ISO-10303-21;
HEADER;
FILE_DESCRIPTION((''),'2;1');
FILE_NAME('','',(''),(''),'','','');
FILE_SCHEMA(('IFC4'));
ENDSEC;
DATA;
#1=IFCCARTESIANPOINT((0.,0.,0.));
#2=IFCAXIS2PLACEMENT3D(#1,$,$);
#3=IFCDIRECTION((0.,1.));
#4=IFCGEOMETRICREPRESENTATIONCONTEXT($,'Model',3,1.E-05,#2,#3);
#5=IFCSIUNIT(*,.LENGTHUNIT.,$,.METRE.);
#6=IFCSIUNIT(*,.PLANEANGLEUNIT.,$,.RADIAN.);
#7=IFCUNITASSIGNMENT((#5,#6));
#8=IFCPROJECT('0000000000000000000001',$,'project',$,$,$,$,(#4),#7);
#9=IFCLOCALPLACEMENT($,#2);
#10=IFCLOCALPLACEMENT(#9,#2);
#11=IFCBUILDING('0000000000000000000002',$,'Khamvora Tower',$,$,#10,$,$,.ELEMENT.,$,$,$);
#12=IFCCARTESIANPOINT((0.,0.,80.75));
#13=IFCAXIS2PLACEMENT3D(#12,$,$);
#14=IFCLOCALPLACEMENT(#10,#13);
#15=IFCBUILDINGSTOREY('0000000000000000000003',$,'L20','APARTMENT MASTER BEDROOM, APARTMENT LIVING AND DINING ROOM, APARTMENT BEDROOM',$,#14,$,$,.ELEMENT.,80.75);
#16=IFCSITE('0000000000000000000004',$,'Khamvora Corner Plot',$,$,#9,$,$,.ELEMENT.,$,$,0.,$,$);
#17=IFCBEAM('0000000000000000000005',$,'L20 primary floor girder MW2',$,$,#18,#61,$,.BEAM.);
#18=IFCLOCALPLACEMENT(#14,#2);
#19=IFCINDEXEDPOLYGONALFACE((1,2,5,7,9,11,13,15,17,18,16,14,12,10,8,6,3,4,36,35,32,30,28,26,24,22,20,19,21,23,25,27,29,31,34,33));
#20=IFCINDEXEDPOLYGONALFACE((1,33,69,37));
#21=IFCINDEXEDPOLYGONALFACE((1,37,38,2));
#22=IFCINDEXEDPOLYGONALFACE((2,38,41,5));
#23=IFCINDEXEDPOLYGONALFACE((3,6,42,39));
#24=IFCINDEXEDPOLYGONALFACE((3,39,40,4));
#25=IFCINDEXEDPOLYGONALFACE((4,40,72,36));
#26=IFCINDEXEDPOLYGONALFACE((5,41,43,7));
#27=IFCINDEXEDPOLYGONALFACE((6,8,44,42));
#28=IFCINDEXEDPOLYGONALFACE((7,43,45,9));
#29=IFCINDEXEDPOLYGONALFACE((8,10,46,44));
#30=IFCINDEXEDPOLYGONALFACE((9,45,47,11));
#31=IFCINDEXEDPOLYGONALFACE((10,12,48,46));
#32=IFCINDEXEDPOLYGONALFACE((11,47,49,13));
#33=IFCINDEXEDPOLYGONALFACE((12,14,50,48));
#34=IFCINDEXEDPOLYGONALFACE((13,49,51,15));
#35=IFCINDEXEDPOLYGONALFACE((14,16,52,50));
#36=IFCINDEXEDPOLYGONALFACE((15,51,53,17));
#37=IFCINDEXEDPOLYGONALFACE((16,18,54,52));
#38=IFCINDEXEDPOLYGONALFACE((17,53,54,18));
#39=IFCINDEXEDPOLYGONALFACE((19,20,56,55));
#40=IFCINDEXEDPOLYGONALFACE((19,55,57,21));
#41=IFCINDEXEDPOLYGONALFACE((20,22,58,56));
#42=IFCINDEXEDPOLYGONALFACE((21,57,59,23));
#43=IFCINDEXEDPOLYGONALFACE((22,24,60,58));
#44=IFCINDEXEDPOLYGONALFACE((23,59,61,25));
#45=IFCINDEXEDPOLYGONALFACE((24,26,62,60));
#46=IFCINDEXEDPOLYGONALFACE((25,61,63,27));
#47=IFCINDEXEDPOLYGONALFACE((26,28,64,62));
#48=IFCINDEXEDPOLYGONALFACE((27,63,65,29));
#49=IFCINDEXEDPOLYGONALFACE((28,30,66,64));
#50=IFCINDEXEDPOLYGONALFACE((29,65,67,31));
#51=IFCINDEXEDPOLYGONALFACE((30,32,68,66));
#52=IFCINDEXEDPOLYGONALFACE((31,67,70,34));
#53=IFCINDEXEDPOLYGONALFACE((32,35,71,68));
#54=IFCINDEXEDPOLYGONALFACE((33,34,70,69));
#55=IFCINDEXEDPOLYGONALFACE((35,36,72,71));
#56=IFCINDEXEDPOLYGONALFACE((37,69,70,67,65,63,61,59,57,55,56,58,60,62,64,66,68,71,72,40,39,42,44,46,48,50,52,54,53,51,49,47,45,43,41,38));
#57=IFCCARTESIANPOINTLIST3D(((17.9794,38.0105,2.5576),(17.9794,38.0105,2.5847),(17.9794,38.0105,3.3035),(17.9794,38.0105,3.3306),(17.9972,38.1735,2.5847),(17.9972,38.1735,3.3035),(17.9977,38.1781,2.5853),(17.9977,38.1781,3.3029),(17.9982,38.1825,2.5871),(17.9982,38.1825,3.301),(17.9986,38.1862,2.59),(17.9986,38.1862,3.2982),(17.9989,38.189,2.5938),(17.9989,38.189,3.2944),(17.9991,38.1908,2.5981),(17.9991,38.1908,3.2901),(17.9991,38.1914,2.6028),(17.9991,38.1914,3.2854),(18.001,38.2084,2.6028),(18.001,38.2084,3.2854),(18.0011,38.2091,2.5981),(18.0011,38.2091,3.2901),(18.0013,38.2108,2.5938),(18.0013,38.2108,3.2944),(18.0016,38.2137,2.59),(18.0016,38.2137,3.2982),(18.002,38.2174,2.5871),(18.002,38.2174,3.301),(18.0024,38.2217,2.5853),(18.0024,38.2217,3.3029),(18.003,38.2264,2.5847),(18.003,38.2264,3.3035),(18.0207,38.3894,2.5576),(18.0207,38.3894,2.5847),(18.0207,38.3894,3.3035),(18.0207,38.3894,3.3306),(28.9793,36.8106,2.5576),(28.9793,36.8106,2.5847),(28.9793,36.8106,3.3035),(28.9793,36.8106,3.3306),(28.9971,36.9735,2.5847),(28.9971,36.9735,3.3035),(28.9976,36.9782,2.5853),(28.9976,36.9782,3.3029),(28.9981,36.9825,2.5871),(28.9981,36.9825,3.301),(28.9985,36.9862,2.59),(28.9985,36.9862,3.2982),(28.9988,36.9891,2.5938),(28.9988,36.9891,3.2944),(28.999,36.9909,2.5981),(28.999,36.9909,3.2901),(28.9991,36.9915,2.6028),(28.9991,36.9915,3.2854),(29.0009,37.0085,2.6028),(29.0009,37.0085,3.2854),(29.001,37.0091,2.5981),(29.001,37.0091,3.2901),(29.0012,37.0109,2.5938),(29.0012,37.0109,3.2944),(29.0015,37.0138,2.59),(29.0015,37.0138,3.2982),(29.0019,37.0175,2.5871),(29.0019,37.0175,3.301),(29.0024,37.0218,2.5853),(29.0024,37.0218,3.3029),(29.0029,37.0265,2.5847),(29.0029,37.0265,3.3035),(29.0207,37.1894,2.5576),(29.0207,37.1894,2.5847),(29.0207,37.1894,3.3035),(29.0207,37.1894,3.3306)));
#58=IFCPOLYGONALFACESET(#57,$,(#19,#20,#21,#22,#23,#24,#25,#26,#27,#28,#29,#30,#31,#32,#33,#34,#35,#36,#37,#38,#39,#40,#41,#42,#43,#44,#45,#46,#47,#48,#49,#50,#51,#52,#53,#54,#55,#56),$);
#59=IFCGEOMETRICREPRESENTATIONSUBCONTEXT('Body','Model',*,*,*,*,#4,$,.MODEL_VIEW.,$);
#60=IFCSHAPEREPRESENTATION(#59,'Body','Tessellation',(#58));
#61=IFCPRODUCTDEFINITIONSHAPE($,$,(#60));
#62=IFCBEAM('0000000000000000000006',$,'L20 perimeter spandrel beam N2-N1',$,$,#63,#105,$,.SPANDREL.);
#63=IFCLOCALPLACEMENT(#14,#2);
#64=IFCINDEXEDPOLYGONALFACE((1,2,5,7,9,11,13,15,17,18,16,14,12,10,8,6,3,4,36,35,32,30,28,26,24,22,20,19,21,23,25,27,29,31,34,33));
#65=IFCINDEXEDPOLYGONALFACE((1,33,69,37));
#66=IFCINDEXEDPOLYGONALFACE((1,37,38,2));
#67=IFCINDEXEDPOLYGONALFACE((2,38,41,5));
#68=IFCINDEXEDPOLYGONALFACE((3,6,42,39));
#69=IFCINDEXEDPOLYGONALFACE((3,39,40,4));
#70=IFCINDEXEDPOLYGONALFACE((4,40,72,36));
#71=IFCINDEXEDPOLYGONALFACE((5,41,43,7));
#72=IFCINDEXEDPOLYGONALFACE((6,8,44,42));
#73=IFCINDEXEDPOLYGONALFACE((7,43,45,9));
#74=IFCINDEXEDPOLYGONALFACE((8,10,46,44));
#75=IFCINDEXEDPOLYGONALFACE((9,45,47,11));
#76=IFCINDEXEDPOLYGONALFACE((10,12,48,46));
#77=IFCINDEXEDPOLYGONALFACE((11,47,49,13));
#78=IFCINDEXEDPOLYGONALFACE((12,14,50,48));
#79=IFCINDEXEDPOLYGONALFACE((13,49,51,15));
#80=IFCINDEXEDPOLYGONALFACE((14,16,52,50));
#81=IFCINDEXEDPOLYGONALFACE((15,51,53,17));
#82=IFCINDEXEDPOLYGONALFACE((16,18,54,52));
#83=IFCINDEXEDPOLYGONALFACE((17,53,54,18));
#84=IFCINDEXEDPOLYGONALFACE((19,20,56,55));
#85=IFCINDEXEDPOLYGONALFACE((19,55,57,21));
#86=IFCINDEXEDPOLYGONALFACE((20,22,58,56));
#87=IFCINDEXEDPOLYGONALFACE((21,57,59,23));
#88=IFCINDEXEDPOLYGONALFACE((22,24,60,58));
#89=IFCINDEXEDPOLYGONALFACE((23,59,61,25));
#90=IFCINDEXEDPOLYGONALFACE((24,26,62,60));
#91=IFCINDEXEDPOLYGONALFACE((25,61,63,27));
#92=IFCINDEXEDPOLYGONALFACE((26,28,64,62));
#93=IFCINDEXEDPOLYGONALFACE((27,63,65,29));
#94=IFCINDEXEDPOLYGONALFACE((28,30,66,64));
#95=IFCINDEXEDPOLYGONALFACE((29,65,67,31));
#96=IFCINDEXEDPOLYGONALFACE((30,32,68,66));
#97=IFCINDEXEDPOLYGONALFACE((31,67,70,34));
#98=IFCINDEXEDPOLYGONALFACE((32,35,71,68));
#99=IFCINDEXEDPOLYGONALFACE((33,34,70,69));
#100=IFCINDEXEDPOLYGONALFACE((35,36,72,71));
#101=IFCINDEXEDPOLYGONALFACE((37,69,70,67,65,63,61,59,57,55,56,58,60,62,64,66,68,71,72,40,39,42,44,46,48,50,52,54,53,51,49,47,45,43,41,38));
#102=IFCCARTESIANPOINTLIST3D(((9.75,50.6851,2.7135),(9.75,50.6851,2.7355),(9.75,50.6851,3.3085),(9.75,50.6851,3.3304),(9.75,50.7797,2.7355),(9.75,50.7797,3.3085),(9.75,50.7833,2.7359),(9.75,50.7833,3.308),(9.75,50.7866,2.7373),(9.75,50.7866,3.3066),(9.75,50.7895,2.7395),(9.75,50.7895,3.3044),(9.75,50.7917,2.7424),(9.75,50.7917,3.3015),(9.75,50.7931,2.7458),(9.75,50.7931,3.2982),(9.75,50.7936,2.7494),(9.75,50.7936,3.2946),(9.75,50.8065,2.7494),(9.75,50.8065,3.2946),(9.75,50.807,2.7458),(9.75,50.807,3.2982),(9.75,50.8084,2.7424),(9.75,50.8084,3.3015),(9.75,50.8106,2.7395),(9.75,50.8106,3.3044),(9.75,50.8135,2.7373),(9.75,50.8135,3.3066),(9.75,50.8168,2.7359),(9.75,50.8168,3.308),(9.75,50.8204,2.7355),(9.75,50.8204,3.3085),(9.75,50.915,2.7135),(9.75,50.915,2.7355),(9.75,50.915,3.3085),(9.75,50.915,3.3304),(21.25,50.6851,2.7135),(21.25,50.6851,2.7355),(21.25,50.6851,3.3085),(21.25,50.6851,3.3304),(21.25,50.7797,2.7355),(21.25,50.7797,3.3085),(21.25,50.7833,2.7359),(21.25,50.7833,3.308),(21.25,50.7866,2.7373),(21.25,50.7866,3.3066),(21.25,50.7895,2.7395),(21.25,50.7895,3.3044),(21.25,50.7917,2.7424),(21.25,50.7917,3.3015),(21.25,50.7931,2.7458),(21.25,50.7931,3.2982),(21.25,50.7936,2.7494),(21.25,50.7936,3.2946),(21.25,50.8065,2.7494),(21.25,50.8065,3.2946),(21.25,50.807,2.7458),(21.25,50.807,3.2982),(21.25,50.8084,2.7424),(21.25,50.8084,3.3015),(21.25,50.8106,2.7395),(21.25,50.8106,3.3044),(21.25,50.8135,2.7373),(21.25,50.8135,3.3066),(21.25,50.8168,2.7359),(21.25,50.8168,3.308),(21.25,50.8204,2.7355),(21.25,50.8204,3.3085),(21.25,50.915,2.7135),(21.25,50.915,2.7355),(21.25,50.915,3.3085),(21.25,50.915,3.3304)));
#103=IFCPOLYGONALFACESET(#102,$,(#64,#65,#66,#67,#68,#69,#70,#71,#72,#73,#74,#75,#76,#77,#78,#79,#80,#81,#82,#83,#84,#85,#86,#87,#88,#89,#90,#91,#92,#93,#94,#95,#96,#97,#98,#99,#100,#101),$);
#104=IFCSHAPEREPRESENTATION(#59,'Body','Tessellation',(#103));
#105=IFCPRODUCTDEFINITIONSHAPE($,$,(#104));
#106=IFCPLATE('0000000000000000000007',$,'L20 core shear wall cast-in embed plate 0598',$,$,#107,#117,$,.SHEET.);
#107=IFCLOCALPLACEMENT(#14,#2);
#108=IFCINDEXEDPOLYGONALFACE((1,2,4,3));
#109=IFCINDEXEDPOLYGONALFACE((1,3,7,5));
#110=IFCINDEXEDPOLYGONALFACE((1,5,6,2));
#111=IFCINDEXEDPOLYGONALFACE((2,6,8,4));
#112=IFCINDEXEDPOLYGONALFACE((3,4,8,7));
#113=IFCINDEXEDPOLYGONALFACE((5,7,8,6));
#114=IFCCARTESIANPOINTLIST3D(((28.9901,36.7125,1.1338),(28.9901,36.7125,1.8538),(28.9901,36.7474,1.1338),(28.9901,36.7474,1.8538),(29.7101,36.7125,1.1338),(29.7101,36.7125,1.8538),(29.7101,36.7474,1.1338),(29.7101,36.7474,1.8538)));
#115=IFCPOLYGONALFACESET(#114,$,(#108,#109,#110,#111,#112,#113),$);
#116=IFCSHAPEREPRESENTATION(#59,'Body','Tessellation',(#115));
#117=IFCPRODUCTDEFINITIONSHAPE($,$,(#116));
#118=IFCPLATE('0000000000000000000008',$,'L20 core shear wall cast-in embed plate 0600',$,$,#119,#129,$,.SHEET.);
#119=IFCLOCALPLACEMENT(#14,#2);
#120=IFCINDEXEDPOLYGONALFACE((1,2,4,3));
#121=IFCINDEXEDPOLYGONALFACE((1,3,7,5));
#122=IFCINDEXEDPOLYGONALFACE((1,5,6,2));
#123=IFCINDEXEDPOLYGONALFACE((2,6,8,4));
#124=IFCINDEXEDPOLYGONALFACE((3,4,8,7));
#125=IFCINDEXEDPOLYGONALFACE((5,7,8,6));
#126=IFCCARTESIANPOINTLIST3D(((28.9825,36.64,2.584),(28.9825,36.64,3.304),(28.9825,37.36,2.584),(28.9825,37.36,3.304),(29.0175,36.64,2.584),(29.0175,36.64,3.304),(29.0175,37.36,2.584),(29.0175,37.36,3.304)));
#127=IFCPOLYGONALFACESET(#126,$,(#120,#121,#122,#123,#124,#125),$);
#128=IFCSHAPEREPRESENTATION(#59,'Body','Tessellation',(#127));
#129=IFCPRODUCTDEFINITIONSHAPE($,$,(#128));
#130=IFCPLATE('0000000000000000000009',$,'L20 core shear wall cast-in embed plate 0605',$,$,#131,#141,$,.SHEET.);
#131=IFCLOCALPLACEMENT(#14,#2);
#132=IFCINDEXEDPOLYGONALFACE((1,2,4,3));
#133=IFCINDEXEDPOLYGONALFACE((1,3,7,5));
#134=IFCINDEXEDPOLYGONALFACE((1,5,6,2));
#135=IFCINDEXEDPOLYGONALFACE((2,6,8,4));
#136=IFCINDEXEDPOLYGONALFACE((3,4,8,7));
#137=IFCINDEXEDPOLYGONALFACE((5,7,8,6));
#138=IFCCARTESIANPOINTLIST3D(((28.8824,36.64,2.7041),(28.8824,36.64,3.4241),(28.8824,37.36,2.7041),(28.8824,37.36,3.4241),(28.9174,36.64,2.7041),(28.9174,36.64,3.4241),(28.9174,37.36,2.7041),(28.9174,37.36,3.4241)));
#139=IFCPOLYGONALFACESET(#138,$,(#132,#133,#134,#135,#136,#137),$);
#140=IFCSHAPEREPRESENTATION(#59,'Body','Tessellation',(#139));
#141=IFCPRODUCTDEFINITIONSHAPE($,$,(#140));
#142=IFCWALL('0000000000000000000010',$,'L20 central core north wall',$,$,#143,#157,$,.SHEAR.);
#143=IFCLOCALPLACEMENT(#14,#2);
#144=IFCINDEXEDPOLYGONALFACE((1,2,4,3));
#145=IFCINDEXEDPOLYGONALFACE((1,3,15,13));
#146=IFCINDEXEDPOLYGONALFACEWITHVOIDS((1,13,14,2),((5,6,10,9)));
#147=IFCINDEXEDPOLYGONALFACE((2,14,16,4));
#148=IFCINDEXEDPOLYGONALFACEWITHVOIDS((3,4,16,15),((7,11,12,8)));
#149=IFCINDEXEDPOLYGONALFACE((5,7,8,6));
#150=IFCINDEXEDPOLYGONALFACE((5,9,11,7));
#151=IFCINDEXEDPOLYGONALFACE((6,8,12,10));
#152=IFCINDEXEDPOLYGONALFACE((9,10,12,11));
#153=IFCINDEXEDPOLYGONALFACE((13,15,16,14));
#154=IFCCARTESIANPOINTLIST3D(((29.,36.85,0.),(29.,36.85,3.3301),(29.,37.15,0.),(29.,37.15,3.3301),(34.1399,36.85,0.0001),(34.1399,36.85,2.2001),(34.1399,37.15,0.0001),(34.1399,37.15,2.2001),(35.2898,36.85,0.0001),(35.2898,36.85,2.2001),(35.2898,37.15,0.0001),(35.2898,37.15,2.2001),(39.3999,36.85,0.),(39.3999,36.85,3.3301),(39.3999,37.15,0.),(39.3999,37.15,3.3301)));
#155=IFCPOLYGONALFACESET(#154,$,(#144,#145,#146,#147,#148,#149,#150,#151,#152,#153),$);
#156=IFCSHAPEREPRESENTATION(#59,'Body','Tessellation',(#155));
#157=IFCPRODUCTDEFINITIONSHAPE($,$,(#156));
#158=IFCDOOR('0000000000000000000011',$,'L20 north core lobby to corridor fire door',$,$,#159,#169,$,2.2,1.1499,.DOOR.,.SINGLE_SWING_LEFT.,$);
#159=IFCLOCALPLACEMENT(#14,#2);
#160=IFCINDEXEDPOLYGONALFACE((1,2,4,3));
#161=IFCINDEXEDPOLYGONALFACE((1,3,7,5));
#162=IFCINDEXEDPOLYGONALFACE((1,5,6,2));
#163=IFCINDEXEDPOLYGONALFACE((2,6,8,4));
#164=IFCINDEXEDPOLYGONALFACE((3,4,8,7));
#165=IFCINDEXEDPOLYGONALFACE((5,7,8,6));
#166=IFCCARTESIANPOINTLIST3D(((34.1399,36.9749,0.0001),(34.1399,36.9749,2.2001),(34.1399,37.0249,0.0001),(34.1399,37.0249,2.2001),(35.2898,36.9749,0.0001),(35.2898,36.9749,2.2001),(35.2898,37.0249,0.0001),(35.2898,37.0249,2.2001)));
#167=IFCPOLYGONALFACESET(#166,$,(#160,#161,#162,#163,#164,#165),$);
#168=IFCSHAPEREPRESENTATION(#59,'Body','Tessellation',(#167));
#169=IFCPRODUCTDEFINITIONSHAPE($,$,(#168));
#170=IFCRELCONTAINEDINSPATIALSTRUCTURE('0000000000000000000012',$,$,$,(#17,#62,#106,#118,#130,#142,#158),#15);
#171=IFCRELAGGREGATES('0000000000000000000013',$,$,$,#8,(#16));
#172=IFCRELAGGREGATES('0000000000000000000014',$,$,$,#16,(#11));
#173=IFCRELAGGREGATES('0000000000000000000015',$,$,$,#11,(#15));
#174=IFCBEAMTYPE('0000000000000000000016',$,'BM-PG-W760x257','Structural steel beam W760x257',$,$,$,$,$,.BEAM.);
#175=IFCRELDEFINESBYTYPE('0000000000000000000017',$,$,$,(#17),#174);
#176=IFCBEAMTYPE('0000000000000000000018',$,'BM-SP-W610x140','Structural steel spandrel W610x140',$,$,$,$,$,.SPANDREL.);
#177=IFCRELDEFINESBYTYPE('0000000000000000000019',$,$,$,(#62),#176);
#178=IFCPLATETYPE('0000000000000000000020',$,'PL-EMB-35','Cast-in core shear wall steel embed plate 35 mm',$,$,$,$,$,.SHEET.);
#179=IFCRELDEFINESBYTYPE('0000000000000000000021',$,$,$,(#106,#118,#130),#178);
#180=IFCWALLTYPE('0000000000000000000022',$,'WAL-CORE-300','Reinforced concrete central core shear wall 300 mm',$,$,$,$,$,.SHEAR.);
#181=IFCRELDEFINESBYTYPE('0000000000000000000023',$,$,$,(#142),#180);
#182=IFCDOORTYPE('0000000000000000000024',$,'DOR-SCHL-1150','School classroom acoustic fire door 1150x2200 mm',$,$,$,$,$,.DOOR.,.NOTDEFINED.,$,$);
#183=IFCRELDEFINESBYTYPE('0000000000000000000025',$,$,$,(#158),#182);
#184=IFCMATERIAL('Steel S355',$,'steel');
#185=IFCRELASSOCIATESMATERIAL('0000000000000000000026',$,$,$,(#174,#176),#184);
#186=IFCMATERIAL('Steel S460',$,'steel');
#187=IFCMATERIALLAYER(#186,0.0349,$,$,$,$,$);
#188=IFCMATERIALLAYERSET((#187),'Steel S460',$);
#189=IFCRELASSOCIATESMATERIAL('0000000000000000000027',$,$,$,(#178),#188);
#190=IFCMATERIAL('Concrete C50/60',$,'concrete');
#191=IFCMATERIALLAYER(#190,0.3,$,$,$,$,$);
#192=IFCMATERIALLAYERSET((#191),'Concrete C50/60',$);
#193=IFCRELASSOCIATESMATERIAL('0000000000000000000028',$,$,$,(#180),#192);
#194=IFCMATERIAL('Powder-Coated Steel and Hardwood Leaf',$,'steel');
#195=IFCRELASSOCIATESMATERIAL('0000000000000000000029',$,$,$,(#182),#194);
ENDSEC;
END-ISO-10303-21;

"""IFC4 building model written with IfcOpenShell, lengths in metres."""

from ifc_helpers import new_model, si_unit, direction, frame, frame_2d, origin, origin_2d, place, context, subcontext, project, spatial, rectangle, i_section, extrude, material, layer, layer_set, material_profile, profile_set, type_object, element, fill, save


model = new_model("IFC4")

# Units and contexts
model_context = context("Model", 3, precision=1e-05, world=origin(), true_north=direction((0.0, 1.0)))
body_context = subcontext(model_context, "Body", "Model", "MODEL_VIEW")
ifc_project = project(units=[si_unit("LENGTHUNIT", "METRE"), si_unit("PLANEANGLEUNIT", "RADIAN")], contexts=[model_context])

# Site, building, storey
site_placement = place(None, origin())
site = spatial("IfcSite", under=ifc_project, at=site_placement, Name="Khamvora Corner Plot", CompositionType="ELEMENT", RefElevation=0.0)
building_placement = place(site_placement, origin())
building = spatial("IfcBuilding", under=site, at=building_placement, Name="Khamvora Tower", CompositionType="ELEMENT")
storey_placement = place(building_placement, frame((0.0, 0.0, 80.75)))
storey = spatial("IfcBuildingStorey", under=building, at=storey_placement, Name="L20", Description="APARTMENT MASTER BEDROOM, APARTMENT LIVING AND DINING ROOM, APARTMENT BEDROOM", CompositionType="ELEMENT", Elevation=80.75)

# Shared definitions
ifc_material_1 = material(Name="Steel S355", Category="steel")
ifc_material_2 = material(Name="Steel S460", Category="steel")

# Beams
ifc_material_profile_1 = material_profile(ifc_material_1, i_section(OverallWidth=0.3811, OverallDepth=0.7729, WebThickness=0.0171, FlangeThickness=0.0271, FilletRadius=0.0181, at=origin_2d()), Name="W760x257")
ifc_profile_set_1 = profile_set([ifc_material_profile_1], Name="Steel S355")
beam_type_1 = type_object("IfcBeamType", Name="BM-PG-W760x257", Description="Structural steel beam W760x257", PredefinedType="BEAM", material=ifc_profile_set_1)
beam_1_placement = place(storey_placement, frame((29.0, 37.0, 2.9441), z_axis=(-0.994103, 0.108443, 0.0), x_axis=(-0.108443, -0.994103, 0.0)))
element("IfcBeam", 1, at=beam_1_placement, inside=storey, type_object=beam_type_1, Name="L20 primary floor girder MW2", PredefinedType="BEAM", context=body_context, shape_type="SweptSolid", body=[
    extrude(i_section(OverallWidth=0.3811, OverallDepth=0.7729, WebThickness=0.0171, FlangeThickness=0.0271, FilletRadius=0.0181, at=origin_2d()), origin(), (0.0, 0.0, 1.0), 11.0652),
])
ifc_material_profile_2 = material_profile(ifc_material_1, i_section(OverallWidth=0.23, OverallDepth=0.6169, WebThickness=0.0129, FlangeThickness=0.022, FilletRadius=0.0139, at=origin_2d()), Name="W610x140")
ifc_profile_set_2 = profile_set([ifc_material_profile_2], Name="Steel S355")
beam_type_2 = type_object("IfcBeamType", Name="BM-SP-W610x140", Description="Structural steel spandrel W610x140", PredefinedType="SPANDREL", material=ifc_profile_set_2)
beam_2_placement = place(storey_placement, frame((21.25, 50.8, 3.022), z_axis=(-1.0, 0.0, 0.0), x_axis=(0.0, -1.0, 0.0)))
element("IfcBeam", 2, at=beam_2_placement, inside=storey, type_object=beam_type_2, Name="L20 perimeter spandrel beam N2-N1", PredefinedType="SPANDREL", context=body_context, shape_type="SweptSolid", body=[
    extrude(i_section(OverallWidth=0.23, OverallDepth=0.6169, WebThickness=0.0129, FlangeThickness=0.022, FilletRadius=0.0139, at=origin_2d()), origin(), (0.0, 0.0, 1.0), 11.5),
])

# Plates
ifc_layer_1 = layer(ifc_material_2, 0.0349)
ifc_layer_set_1 = layer_set([ifc_layer_1], Name="Steel S460")
plate_type = type_object("IfcPlateType", Name="PL-EMB-35", Description="Cast-in core shear wall steel embed plate 35 mm", PredefinedType="SHEET", material=ifc_layer_set_1)
plate_placement = place(storey_placement, frame((29.3501, 36.73, 1.1338), z_axis=(0.0, 0.0, 1.0), x_axis=(1.0, 0.0, 0.0)))
element("IfcPlate", 3, at=plate_placement, inside=storey, type_object=plate_type, Name="L20 core shear wall cast-in embed plate 0598", PredefinedType="SHEET", context=body_context, shape_type="SweptSolid", body=[
    extrude(rectangle(XDim=0.72, YDim=0.0349, at=origin_2d()), origin(), (0.0, 0.0, 1.0), 0.72),
])
for number, where, z_axis, x_axis, name in (
    (4, (29.0, 37.0, 2.584), (0.0, 0.0, 1.0), (1.0, 0.0, 0.0), "L20 core shear wall cast-in embed plate 0600"),
    (5, (28.8999, 37.0, 2.7041), (0.0, 0.0, 1.0), (1.0, 0.0, 0.0), "L20 core shear wall cast-in embed plate 0605"),
):
    element("IfcPlate", number, at=place(storey_placement, frame(where, z_axis=z_axis, x_axis=x_axis)), inside=storey, type_object=plate_type, Name=name, PredefinedType="SHEET", context=body_context, shape_type="SweptSolid", body=[
        extrude(rectangle(XDim=0.0349, YDim=0.72, at=origin_2d()), origin(), (0.0, 0.0, 1.0), 0.72),
    ])

# Wall, opening, door
ifc_material_3 = material(Name="Concrete C50/60", Category="concrete")
ifc_layer_2 = layer(ifc_material_3, 0.3)
ifc_layer_set_2 = layer_set([ifc_layer_2], Name="Concrete C50/60")
wall_type_1 = type_object("IfcWallType", Name="WAL-CORE-300", Description="Reinforced concrete central core shear wall 300 mm", PredefinedType="SHEAR", material=ifc_layer_set_2)
wall_1_placement = place(storey_placement, frame((29.0, 37.0, 0.0), z_axis=(0.0, 0.0, 1.0), x_axis=(1.0, 0.0, 0.0)))
wall_1 = element("IfcWall", 6, at=wall_1_placement, inside=storey, type_object=wall_type_1, Name="L20 central core north wall", PredefinedType="SHEAR", context=body_context, shape_type="SweptSolid", body=[
    extrude(rectangle(XDim=10.3999, YDim=0.3, at=frame_2d((5.2, 0.0))), origin(), (0.0, 0.0, 1.0), 3.3301),
])
opening_1_placement = place(wall_1_placement, frame((5.1399, 0.0, 0.0)))
opening_1 = element("IfcOpeningElement", 7, at=opening_1_placement, cuts=wall_1, PredefinedType="OPENING", context=body_context, shape_type="SweptSolid", body=[
    extrude(rectangle(XDim=1.1499, YDim=2.2, at=frame_2d((0.575, 1.1001))), frame((0.0, 0.1599, 0.0), z_axis=(0.0, -1.0, 0.0), x_axis=(1.0, 0.0, 0.0)), (0.0, 0.0, 1.0), 0.3201),
])
ifc_material_4 = material(Name="Powder-Coated Steel and Hardwood Leaf", Category="steel")
door_type_1 = type_object("IfcDoorType", Name="DOR-SCHL-1150", Description="School classroom acoustic fire door 1150x2200 mm", OperationType="NOTDEFINED", PredefinedType="DOOR", material=ifc_material_4)
door_1_placement = place(opening_1_placement, origin())
door_1 = element("IfcDoor", 8, at=door_1_placement, inside=storey, type_object=door_type_1, Name="L20 north core lobby to corridor fire door", OperationType="SINGLE_SWING_LEFT", OverallHeight=2.2, OverallWidth=1.1499, PredefinedType="DOOR", context=body_context, shape_type="SweptSolid", body=[
    extrude(rectangle(XDim=1.1499, YDim=2.2, at=frame_2d((0.575, 1.1001))), frame((0.0, 0.0249, 0.0), z_axis=(0.0, -1.0, 0.0), x_axis=(1.0, 0.0, 0.0)), (0.0, 0.0, 1.0), 0.05),
])
fill(opening_1, door_1)

save(model, "model.ifc")
